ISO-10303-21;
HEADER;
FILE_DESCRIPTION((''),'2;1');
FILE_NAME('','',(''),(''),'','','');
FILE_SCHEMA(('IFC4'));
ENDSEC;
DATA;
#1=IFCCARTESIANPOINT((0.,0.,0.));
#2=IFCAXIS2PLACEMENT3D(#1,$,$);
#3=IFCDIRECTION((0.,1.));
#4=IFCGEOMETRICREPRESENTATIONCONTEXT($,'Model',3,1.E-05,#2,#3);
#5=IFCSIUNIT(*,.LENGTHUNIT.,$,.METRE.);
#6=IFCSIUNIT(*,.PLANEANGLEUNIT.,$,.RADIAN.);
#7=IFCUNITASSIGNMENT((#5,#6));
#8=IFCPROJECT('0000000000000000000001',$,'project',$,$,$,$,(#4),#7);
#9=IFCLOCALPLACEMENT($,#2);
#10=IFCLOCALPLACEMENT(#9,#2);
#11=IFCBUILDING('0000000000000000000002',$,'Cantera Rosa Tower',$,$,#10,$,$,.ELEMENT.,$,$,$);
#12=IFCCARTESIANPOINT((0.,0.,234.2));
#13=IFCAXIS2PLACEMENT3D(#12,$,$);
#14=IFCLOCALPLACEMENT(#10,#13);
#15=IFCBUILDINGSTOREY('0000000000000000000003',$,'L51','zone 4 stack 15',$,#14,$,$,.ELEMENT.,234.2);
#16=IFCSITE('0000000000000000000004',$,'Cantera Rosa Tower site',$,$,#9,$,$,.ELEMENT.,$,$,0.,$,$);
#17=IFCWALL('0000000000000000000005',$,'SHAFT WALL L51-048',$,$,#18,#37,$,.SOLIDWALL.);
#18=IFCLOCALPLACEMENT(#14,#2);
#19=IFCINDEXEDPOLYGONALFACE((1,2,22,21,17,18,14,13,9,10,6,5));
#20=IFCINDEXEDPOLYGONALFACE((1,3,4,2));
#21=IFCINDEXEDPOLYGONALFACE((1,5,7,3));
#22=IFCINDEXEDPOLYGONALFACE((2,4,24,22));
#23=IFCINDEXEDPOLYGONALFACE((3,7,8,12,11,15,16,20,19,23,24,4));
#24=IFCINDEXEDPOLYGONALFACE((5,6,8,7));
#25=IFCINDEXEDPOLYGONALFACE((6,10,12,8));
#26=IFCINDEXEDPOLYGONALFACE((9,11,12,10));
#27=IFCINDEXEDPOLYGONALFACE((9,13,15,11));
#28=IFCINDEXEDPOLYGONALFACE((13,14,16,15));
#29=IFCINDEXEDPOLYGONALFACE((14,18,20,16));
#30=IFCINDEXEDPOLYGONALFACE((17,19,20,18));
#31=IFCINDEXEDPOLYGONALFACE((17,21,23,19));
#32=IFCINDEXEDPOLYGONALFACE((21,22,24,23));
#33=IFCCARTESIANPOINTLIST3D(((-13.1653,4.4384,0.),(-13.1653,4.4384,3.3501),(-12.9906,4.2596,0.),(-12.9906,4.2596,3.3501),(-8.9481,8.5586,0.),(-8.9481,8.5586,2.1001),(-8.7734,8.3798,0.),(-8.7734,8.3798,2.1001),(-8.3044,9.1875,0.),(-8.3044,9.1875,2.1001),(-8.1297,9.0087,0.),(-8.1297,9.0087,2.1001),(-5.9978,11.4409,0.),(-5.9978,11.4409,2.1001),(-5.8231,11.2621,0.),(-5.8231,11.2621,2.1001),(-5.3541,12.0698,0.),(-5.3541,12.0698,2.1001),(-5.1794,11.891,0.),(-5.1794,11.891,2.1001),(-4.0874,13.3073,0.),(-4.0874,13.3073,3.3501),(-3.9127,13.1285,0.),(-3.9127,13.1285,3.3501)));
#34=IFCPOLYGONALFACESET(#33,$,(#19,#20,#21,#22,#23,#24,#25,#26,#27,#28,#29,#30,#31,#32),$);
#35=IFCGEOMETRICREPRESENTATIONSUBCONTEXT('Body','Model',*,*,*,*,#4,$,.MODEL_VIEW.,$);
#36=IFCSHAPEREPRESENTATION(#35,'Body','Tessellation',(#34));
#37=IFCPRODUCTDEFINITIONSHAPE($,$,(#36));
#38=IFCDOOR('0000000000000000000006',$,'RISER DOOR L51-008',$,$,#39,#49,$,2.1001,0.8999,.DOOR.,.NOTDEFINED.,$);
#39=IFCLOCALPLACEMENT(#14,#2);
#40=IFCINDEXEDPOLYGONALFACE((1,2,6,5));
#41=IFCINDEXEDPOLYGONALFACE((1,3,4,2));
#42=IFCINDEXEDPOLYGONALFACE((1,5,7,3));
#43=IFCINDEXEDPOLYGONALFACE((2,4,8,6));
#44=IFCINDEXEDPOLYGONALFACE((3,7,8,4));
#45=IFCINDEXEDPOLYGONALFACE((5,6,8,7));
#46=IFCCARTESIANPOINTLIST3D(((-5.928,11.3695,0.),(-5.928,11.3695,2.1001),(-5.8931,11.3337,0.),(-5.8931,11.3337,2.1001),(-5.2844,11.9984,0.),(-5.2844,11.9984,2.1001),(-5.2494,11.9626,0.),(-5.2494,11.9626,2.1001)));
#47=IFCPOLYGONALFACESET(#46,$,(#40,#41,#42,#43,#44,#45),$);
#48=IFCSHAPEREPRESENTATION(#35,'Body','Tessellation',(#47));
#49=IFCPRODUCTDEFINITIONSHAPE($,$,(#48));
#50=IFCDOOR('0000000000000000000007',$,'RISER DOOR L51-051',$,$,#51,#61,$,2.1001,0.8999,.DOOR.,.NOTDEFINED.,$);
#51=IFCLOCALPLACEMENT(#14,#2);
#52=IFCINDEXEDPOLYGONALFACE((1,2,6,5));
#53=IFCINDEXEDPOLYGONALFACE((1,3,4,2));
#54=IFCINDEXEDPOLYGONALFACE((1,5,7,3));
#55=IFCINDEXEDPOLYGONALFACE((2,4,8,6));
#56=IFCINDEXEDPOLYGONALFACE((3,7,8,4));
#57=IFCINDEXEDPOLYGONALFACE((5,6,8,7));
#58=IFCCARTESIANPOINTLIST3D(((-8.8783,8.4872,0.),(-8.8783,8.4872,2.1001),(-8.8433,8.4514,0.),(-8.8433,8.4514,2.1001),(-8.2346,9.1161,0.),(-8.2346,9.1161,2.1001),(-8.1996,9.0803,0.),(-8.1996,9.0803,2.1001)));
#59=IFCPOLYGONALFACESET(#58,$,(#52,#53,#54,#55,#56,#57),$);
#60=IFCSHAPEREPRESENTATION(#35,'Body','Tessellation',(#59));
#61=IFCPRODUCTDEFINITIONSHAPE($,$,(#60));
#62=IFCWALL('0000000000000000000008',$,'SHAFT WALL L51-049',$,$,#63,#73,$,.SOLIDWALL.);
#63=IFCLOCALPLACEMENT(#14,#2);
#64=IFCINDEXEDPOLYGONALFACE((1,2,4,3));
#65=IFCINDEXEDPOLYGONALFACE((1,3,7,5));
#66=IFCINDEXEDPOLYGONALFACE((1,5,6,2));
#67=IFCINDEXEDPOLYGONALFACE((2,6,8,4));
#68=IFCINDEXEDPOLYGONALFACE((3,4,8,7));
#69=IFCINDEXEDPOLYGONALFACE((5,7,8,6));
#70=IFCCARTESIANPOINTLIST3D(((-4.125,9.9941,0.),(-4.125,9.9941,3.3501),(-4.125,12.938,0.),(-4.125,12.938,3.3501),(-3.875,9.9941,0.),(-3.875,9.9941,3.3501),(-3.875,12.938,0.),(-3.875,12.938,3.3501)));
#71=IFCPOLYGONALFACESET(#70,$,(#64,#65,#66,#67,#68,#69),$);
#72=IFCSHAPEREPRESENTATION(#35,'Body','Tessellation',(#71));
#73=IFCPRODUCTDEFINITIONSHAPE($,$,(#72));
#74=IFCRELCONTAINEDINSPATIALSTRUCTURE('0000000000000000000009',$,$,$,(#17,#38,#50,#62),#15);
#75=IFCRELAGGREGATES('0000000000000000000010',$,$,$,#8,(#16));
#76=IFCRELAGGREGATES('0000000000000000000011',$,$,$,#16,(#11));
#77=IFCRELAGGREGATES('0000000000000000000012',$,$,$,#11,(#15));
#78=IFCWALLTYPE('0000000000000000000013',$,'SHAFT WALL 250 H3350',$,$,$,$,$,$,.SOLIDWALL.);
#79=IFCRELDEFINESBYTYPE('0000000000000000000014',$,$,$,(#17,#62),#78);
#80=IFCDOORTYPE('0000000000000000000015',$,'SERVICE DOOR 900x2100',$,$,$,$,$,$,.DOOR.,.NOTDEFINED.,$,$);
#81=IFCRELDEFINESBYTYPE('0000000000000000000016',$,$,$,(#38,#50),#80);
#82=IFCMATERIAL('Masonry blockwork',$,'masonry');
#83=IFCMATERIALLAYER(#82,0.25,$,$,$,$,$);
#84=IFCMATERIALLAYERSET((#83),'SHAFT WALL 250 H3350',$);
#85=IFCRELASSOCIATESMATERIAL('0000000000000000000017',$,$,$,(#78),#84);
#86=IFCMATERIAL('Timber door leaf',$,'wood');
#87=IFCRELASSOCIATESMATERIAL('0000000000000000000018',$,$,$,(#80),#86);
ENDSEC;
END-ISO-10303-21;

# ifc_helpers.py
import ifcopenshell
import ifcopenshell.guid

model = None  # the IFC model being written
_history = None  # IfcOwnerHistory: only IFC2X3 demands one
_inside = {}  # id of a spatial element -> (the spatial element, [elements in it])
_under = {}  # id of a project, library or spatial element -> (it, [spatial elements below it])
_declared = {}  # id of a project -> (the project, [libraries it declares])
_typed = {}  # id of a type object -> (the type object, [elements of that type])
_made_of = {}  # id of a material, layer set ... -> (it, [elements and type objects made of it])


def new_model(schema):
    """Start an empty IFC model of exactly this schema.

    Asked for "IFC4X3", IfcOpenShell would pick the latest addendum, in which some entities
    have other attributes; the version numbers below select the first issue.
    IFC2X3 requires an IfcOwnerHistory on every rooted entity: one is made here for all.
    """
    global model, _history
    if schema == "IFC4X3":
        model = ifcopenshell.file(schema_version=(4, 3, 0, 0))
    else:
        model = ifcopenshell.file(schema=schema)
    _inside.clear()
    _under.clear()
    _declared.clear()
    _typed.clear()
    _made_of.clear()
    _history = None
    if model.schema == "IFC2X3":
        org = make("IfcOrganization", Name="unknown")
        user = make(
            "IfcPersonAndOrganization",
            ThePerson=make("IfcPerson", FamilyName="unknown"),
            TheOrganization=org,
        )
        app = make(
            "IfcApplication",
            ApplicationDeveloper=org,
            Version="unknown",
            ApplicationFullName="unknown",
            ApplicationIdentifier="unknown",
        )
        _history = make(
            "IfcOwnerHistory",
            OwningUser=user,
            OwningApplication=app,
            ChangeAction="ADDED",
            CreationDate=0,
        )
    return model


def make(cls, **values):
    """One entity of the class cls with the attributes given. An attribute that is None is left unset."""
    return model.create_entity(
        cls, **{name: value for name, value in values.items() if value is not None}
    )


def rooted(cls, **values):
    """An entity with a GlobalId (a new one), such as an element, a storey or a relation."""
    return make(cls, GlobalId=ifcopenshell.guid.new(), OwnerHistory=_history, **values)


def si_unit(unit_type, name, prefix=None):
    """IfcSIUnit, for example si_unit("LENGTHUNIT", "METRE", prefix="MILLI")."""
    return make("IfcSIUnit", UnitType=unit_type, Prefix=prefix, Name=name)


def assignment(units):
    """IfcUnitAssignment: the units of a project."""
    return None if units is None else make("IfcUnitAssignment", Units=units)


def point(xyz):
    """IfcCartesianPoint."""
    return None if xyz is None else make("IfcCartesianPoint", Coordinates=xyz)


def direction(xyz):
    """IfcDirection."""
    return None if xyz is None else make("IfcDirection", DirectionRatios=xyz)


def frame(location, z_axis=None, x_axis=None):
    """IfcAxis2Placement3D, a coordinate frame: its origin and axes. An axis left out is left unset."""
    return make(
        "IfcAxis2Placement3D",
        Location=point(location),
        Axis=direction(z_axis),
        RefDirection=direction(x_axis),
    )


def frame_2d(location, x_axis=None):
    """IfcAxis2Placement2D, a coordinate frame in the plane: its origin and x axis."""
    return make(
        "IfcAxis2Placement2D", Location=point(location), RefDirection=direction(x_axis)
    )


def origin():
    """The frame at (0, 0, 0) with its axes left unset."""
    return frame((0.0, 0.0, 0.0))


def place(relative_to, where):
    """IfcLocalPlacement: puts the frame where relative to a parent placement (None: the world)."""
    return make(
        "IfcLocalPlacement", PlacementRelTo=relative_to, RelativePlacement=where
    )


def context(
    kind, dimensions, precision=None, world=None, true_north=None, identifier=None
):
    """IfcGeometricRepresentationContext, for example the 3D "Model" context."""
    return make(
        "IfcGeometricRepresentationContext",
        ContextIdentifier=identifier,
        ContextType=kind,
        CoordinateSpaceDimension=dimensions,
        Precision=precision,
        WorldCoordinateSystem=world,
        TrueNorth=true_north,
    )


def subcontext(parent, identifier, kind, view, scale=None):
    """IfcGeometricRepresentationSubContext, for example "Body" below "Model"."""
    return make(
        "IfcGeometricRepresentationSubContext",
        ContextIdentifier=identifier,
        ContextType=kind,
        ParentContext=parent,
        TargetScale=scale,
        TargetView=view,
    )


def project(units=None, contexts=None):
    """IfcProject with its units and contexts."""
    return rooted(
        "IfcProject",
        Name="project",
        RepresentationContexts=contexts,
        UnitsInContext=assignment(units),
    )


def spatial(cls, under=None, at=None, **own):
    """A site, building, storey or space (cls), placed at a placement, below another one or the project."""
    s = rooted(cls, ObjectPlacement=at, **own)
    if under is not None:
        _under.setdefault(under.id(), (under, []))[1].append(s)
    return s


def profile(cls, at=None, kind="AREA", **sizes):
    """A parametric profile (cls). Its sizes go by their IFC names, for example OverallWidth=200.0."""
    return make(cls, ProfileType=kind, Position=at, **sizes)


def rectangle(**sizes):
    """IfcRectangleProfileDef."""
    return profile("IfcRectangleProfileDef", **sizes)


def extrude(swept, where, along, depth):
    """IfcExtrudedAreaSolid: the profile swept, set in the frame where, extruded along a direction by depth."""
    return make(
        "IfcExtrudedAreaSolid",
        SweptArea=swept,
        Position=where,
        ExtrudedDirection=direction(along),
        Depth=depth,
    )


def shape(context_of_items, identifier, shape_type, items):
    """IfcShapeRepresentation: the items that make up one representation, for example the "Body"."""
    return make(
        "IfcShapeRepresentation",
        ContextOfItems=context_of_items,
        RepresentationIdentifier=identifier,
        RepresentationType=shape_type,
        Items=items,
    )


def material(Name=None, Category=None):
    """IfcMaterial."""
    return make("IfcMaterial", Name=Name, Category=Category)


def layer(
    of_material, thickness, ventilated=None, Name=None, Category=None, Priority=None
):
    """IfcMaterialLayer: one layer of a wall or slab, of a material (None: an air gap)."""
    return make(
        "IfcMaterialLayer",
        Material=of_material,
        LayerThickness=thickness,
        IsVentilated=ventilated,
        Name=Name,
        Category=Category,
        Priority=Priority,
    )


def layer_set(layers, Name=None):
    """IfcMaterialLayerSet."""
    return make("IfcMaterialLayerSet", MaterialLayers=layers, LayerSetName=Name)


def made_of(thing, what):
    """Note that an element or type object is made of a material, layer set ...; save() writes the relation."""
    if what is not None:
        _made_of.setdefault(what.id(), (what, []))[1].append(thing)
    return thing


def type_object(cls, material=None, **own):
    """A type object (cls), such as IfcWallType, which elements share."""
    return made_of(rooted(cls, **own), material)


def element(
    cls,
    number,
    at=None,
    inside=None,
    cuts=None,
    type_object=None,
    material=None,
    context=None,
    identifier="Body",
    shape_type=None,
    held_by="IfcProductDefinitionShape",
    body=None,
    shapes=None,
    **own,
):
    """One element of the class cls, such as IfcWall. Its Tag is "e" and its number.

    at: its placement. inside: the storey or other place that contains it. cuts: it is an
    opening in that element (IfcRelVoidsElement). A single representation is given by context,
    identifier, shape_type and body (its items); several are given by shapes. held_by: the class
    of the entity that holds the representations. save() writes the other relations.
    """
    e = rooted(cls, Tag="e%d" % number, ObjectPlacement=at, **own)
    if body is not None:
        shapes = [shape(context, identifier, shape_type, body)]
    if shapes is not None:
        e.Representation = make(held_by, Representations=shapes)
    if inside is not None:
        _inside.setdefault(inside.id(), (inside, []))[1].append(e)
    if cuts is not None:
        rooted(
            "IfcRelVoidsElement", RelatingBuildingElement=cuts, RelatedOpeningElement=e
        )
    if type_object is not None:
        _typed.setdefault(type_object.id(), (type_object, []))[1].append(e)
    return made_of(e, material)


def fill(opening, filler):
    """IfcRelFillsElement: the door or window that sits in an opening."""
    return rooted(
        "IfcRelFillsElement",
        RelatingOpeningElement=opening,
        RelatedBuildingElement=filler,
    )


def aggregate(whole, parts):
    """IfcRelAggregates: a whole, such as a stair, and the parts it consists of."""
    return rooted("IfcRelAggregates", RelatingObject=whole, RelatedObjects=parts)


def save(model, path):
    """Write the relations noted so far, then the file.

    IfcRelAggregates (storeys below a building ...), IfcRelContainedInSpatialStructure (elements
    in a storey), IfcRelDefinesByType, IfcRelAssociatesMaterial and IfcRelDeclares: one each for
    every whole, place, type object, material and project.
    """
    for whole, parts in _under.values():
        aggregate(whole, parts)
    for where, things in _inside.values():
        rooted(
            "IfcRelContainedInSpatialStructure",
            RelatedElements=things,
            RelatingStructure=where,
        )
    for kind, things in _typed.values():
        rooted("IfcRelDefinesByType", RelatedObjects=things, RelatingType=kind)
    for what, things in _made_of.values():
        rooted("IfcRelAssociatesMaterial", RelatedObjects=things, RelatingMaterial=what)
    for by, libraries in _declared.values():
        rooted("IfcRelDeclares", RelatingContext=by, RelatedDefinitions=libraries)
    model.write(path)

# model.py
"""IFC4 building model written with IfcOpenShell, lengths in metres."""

from ifc_helpers import new_model, si_unit, direction, frame, frame_2d, origin, place, context, subcontext, project, spatial, rectangle, extrude, material, layer, layer_set, type_object, element, fill, save


model = new_model("IFC4")

# Units and contexts
model_context = context("Model", 3, precision=1e-05, world=origin(), true_north=direction((0.0, 1.0)))
body_context = subcontext(model_context, "Body", "Model", "MODEL_VIEW")
ifc_project = project(units=[si_unit("LENGTHUNIT", "METRE"), si_unit("PLANEANGLEUNIT", "RADIAN")], contexts=[model_context])

# Site, building, storey
site_placement = place(None, origin())
site = spatial("IfcSite", under=ifc_project, at=site_placement, Name="Cantera Rosa Tower site", CompositionType="ELEMENT", RefElevation=0.0)
building_placement = place(site_placement, origin())
building = spatial("IfcBuilding", under=site, at=building_placement, Name="Cantera Rosa Tower", CompositionType="ELEMENT")
storey_placement = place(building_placement, frame((0.0, 0.0, 234.2)))
storey = spatial("IfcBuildingStorey", under=building, at=storey_placement, Name="L51", Description="zone 4 stack 15", CompositionType="ELEMENT", Elevation=234.2)

# Wall, openings, doors
ifc_material_1 = material(Name="Masonry blockwork", Category="masonry")
ifc_layer_1 = layer(ifc_material_1, 0.25)
ifc_layer_set_1 = layer_set([ifc_layer_1], Name="SHAFT WALL 250 H3350")
wall_type_1 = type_object("IfcWallType", Name="SHAFT WALL 250 H3350", PredefinedType="SOLIDWALL", material=ifc_layer_set_1)
wall_1_placement = place(storey_placement, frame((-4.0, 13.218, 0.0), z_axis=(0.0, 0.0, 1.0), x_axis=(-0.715292, -0.698825, 0.0)))
wall_1 = element("IfcWall", 1, at=wall_1_placement, inside=storey, type_object=wall_type_1, Name="SHAFT WALL L51-048", PredefinedType="SOLIDWALL", context=body_context, shape_type="SweptSolid", body=[
    extrude(rectangle(XDim=12.6912, YDim=0.25, at=frame_2d((6.3457, 0.0))), origin(), (0.0, 0.0, 1.0), 3.3501),
])
opening_1_placement = place(wall_1_placement, frame((1.771, 0.0, 0.0)))
opening_1 = element("IfcOpeningElement", 2, at=opening_1_placement, cuts=wall_1, PredefinedType="OPENING", context=body_context, shape_type="SweptSolid", body=[
    extrude(rectangle(XDim=0.8999, YDim=2.1001, at=frame_2d((0.45, 1.05))), frame((0.0, 0.135, 0.0), z_axis=(0.0, -1.0, 0.0), x_axis=(1.0, 0.0, 0.0)), (0.0, 0.0, 1.0), 0.27),
])
opening_2_placement = place(wall_1_placement, frame((5.8955, 0.0, 0.0)))
opening_2 = element("IfcOpeningElement", 3, at=opening_2_placement, cuts=wall_1, PredefinedType="OPENING", context=body_context, shape_type="SweptSolid", body=[
    extrude(rectangle(XDim=0.8999, YDim=2.1001, at=frame_2d((0.45, 1.05))), frame((0.0, 0.135, 0.0), z_axis=(0.0, -1.0, 0.0), x_axis=(1.0, 0.0, 0.0)), (0.0, 0.0, 1.0), 0.27),
])
ifc_material_2 = material(Name="Timber door leaf", Category="wood")
door_type_1 = type_object("IfcDoorType", Name="SERVICE DOOR 900x2100", OperationType="NOTDEFINED", PredefinedType="DOOR", material=ifc_material_2)
door_1_placement = place(opening_1_placement, origin())
door_1 = element("IfcDoor", 4, at=door_1_placement, inside=storey, type_object=door_type_1, Name="RISER DOOR L51-008", OperationType="NOTDEFINED", OverallHeight=2.1001, OverallWidth=0.8999, PredefinedType="DOOR", context=body_context, shape_type="SweptSolid", body=[
    extrude(rectangle(XDim=0.8999, YDim=2.1001, at=frame_2d((0.45, 1.05))), frame((0.0, 0.0249, 0.0), z_axis=(0.0, -1.0, 0.0), x_axis=(1.0, 0.0, 0.0)), (0.0, 0.0, 1.0), 0.05),
])
fill(opening_1, door_1)
door_2_placement = place(opening_2_placement, origin())
door_2 = element("IfcDoor", 5, at=door_2_placement, inside=storey, type_object=door_type_1, Name="RISER DOOR L51-051", OperationType="NOTDEFINED", OverallHeight=2.1001, OverallWidth=0.8999, PredefinedType="DOOR", context=body_context, shape_type="SweptSolid", body=[
    extrude(rectangle(XDim=0.8999, YDim=2.1001, at=frame_2d((0.45, 1.05))), frame((0.0, 0.0249, 0.0), z_axis=(0.0, -1.0, 0.0), x_axis=(1.0, 0.0, 0.0)), (0.0, 0.0, 1.0), 0.05),
])
fill(opening_2, door_2)

# Wall
wall_2_placement = place(storey_placement, frame((-4.0, 12.938, 0.0), z_axis=(0.0, 0.0, 1.0), x_axis=(0.0, -1.0, 0.0)))
element("IfcWall", 6, at=wall_2_placement, inside=storey, type_object=wall_type_1, Name="SHAFT WALL L51-049", PredefinedType="SOLIDWALL", context=body_context, shape_type="SweptSolid", body=[
    extrude(rectangle(XDim=2.9438, YDim=0.25, at=frame_2d((1.4719, 0.0))), origin(), (0.0, 0.0, 1.0), 3.3501),
])

save(model, "model.ifc")
